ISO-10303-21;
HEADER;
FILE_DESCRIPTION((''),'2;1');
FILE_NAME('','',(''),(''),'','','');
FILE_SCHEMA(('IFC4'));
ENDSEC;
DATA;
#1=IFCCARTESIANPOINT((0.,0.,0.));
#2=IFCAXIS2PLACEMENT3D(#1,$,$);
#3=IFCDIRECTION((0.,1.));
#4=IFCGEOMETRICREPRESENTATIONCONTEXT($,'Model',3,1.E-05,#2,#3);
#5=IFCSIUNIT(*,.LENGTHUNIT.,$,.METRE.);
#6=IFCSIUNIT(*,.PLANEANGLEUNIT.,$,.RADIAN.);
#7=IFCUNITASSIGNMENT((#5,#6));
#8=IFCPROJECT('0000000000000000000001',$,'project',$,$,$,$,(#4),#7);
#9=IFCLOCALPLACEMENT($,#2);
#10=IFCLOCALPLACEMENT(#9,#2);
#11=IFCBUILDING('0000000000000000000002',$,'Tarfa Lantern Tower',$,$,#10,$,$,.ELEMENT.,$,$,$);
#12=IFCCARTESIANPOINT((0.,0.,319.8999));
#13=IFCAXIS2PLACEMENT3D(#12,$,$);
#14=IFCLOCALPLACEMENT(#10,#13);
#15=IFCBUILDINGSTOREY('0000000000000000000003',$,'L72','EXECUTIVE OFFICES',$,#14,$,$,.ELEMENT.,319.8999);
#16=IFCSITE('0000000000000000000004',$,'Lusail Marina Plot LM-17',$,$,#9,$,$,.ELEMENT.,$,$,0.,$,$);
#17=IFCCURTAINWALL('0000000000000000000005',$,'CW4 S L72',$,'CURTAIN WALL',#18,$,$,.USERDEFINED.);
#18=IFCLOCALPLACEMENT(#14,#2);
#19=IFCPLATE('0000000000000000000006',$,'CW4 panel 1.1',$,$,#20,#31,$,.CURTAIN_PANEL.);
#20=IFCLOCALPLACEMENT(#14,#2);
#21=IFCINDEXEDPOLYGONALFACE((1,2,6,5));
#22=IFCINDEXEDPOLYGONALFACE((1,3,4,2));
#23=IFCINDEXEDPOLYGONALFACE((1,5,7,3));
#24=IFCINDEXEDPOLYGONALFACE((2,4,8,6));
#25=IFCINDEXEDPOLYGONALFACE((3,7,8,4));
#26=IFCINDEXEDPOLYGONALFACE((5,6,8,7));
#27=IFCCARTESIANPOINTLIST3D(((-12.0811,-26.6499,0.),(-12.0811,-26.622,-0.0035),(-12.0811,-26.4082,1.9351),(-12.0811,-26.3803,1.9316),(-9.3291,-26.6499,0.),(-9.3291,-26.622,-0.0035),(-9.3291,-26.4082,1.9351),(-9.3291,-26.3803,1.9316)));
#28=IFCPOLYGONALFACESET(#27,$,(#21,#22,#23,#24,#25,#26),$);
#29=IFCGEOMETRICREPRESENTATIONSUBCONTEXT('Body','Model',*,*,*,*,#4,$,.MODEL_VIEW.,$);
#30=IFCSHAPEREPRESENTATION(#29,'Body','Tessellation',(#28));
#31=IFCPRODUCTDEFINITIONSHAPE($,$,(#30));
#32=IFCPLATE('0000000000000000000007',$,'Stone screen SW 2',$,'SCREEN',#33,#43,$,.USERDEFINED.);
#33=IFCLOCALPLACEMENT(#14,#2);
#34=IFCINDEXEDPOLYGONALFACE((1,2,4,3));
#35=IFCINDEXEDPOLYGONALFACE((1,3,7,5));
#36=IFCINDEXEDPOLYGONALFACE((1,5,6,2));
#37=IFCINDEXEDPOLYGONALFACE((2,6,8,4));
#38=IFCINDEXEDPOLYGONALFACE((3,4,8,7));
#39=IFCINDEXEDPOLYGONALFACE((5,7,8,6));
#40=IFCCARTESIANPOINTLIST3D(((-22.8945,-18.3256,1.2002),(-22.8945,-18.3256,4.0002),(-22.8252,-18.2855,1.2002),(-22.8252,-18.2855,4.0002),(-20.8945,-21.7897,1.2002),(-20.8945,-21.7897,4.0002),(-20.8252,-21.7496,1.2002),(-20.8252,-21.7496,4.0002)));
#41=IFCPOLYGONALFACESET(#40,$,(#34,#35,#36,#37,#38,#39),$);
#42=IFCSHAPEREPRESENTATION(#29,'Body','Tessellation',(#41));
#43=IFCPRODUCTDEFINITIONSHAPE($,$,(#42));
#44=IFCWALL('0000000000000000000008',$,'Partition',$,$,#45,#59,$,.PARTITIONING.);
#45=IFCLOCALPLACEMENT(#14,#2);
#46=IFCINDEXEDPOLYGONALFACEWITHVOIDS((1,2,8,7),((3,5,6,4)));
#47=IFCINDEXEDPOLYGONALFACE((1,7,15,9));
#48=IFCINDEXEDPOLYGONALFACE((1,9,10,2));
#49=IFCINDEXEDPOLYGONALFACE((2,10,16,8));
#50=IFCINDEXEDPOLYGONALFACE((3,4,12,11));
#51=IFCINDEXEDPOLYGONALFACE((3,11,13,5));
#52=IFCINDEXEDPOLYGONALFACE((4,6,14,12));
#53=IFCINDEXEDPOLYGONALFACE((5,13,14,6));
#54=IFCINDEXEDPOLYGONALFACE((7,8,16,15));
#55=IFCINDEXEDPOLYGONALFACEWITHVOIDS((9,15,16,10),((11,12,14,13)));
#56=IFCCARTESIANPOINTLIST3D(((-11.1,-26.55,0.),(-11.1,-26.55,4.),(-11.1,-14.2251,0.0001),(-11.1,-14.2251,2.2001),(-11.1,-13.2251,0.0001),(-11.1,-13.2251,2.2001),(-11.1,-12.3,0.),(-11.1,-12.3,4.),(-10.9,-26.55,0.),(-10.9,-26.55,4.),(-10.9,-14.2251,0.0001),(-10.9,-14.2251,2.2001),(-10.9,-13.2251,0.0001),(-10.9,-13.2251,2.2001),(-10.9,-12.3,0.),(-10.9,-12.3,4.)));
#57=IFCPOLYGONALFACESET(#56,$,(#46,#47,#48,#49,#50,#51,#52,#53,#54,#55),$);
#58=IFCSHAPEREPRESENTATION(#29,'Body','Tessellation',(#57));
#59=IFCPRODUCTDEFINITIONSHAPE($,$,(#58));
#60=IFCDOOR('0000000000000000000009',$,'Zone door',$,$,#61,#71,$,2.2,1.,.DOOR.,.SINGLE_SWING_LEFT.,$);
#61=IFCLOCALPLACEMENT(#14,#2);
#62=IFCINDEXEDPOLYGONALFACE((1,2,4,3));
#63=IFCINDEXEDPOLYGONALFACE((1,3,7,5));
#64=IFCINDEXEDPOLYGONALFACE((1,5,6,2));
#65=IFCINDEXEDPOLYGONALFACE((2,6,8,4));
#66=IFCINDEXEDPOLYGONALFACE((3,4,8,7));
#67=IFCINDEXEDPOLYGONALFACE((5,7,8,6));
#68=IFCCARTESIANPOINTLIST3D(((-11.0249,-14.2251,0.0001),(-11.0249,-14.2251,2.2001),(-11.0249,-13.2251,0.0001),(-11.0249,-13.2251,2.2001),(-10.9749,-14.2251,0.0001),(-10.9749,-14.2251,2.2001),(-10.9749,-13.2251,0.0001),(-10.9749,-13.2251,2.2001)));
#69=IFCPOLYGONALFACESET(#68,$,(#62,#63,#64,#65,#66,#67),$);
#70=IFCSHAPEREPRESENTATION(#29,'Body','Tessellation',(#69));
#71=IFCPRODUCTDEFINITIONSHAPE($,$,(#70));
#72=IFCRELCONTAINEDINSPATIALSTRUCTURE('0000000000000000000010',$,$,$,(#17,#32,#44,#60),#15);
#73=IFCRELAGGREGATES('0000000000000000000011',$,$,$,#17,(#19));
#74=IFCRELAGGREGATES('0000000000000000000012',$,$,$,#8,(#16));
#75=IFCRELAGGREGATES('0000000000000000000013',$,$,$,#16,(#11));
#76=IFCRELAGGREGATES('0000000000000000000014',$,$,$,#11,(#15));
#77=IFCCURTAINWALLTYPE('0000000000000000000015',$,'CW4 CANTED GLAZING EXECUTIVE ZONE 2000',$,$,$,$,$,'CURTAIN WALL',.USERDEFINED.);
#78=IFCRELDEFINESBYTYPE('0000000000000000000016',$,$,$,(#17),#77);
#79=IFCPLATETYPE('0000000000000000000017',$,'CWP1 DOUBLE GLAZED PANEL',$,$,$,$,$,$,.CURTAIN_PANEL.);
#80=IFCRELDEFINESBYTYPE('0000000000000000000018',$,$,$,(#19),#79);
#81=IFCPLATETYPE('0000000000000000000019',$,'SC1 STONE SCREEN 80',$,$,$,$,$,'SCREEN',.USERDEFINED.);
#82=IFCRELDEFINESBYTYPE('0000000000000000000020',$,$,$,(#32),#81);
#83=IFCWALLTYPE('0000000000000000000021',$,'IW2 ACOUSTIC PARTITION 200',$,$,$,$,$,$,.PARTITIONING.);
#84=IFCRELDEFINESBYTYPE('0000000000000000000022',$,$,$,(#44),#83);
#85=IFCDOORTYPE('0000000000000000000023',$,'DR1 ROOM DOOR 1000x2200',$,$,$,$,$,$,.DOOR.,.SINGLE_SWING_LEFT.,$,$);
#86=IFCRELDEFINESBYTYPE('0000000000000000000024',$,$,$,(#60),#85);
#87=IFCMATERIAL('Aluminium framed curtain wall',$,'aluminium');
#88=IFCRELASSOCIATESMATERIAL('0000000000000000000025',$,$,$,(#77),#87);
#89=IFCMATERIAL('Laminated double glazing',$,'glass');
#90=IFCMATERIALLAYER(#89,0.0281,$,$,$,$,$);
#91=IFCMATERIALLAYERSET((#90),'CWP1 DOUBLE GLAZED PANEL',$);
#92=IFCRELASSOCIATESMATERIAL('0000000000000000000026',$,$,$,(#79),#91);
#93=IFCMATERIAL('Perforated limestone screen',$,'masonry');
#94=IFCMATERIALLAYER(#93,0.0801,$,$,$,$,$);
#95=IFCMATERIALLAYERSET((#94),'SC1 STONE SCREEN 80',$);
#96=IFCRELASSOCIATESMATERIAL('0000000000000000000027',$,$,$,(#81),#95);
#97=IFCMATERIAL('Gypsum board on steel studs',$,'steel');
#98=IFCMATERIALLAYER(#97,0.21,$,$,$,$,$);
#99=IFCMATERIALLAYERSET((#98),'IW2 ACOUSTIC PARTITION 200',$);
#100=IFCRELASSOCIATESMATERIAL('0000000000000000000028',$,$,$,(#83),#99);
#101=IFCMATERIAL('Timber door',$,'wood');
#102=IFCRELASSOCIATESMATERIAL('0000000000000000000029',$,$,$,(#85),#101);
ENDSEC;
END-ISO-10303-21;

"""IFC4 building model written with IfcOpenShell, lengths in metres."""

from ifc_helpers import new_model, si_unit, direction, frame, frame_2d, origin, origin_2d, place, context, subcontext, project, spatial, polyline, rectangle, outline, extrude, material, layer, layer_set, type_object, element, fill, aggregate, save


model = new_model("IFC4")

# Units and contexts
model_context = context("Model", 3, precision=1e-05, world=origin(), true_north=direction((0.0, 1.0)))
body_context = subcontext(model_context, "Body", "Model", "MODEL_VIEW")
ifc_project = project(units=[si_unit("LENGTHUNIT", "METRE"), si_unit("PLANEANGLEUNIT", "RADIAN")], contexts=[model_context])

# Site, building, storey
site_placement = place(None, origin())
site = spatial("IfcSite", under=ifc_project, at=site_placement, Name="Lusail Marina Plot LM-17", CompositionType="ELEMENT", RefElevation=0.0)
building_placement = place(site_placement, origin())
building = spatial("IfcBuilding", under=site, at=building_placement, Name="Tarfa Lantern Tower", CompositionType="ELEMENT")
storey_placement = place(building_placement, frame((0.0, 0.0, 319.8999)))
storey = spatial("IfcBuildingStorey", under=building, at=storey_placement, Name="L72", Description="EXECUTIVE OFFICES", CompositionType="ELEMENT", Elevation=319.8999)

# Curtain wall
ifc_material_1 = material(Name="Aluminium framed curtain wall", Category="aluminium")
curtain_wall_type = type_object("IfcCurtainWallType", Name="CW4 CANTED GLAZING EXECUTIVE ZONE 2000", ElementType="CURTAIN WALL", PredefinedType="USERDEFINED", material=ifc_material_1)
curtain_wall_placement = place(storey_placement, origin())
curtain_wall = element("IfcCurtainWall", 1, at=curtain_wall_placement, inside=storey, type_object=curtain_wall_type, Name="CW4 S L72", ObjectType="CURTAIN WALL", PredefinedType="USERDEFINED")

# Plates
ifc_material_2 = material(Name="Laminated double glazing", Category="glass")
ifc_layer_1 = layer(ifc_material_2, 0.0281)
ifc_layer_set_1 = layer_set([ifc_layer_1], Name="CWP1 DOUBLE GLAZED PANEL")
plate_type_1 = type_object("IfcPlateType", Name="CWP1 DOUBLE GLAZED PANEL", PredefinedType="CURTAIN_PANEL", material=ifc_layer_set_1)
plate_1_placement = place(storey_placement, frame((-12.0811, -26.6499, 0.0), z_axis=(0.0, -0.992289, 0.123942), x_axis=(1.0, 0.0, 0.0)))
plate_1 = element("IfcPlate", 2, at=plate_1_placement, type_object=plate_type_1, Name="CW4 panel 1.1", PredefinedType="CURTAIN_PANEL", context=body_context, shape_type="SweptSolid", body=[
    extrude(outline(polyline([(0.0, 0.0), (2.752, 0.0), (2.752, 1.9501), (0.0, 1.9501), (0.0, 0.0)])), origin(), (0.0, 0.0, -1.0), 0.0281),
])
aggregate(curtain_wall, [plate_1])
ifc_material_3 = material(Name="Perforated limestone screen", Category="masonry")
ifc_layer_2 = layer(ifc_material_3, 0.0801)
ifc_layer_set_2 = layer_set([ifc_layer_2], Name="SC1 STONE SCREEN 80")
plate_type_2 = type_object("IfcPlateType", Name="SC1 STONE SCREEN 80", ElementType="SCREEN", PredefinedType="USERDEFINED", material=ifc_layer_set_2)
plate_2_placement = place(storey_placement, frame((-21.8599, -20.0376, 1.2002), z_axis=(0.0, 0.0, 1.0), x_axis=(0.5, -0.866025, 0.0)))
element("IfcPlate", 3, at=plate_2_placement, inside=storey, type_object=plate_type_2, Name="Stone screen SW 2", ObjectType="SCREEN", PredefinedType="USERDEFINED", context=body_context, shape_type="SweptSolid", body=[
    extrude(rectangle(XDim=4.0, YDim=0.0801, at=origin_2d()), origin(), (0.0, 0.0, 1.0), 2.8),
])

# Wall, opening, door
ifc_material_4 = material(Name="Gypsum board on steel studs", Category="steel")
ifc_layer_3 = layer(ifc_material_4, 0.21)
ifc_layer_set_3 = layer_set([ifc_layer_3], Name="IW2 ACOUSTIC PARTITION 200")
wall_type = type_object("IfcWallType", Name="IW2 ACOUSTIC PARTITION 200", PredefinedType="PARTITIONING", material=ifc_layer_set_3)
wall_placement = place(storey_placement, frame((-11.0, -12.3, 0.0), z_axis=(0.0, 0.0, 1.0), x_axis=(0.0, -1.0, 0.0)))
wall = element("IfcWall", 4, at=wall_placement, inside=storey, type_object=wall_type, Name="Partition", PredefinedType="PARTITIONING", context=body_context, shape_type="SweptSolid", body=[
    extrude(rectangle(XDim=14.25, YDim=0.2, at=frame_2d((7.125, 0.0))), origin(), (0.0, 0.0, 1.0), 4.0),
])
opening_placement = place(wall_placement, frame((0.925, 0.0, 0.0)))
opening = element("IfcOpeningElement", 5, at=opening_placement, cuts=wall, PredefinedType="OPENING", context=body_context, shape_type="SweptSolid", body=[
    extrude(rectangle(XDim=1.0, YDim=2.2, at=frame_2d((0.5, 1.1001))), frame((0.0, 0.1099, 0.0), z_axis=(0.0, -1.0, 0.0), x_axis=(1.0, 0.0, 0.0)), (0.0, 0.0, 1.0), 0.22),
])
ifc_material_5 = material(Name="Timber door", Category="wood")
door_type = type_object("IfcDoorType", Name="DR1 ROOM DOOR 1000x2200", OperationType="SINGLE_SWING_LEFT", PredefinedType="DOOR", material=ifc_material_5)
door_placement = place(opening_placement, frame((1.0, 0.0, 0.0), z_axis=(0.0, 0.0, 1.0), x_axis=(-1.0, 0.0, 0.0)))
door = element("IfcDoor", 6, at=door_placement, inside=storey, type_object=door_type, Name="Zone door", OperationType="SINGLE_SWING_LEFT", OverallHeight=2.2, OverallWidth=1.0, PredefinedType="DOOR", context=body_context, shape_type="SweptSolid", body=[
    extrude(rectangle(XDim=1.0, YDim=2.2, at=frame_2d((0.5, 1.1001))), frame((0.0, 0.0249, 0.0), z_axis=(0.0, -1.0, 0.0), x_axis=(1.0, 0.0, 0.0)), (0.0, 0.0, 1.0), 0.05),
])
fill(opening, door)

save(model, "model.ifc")
